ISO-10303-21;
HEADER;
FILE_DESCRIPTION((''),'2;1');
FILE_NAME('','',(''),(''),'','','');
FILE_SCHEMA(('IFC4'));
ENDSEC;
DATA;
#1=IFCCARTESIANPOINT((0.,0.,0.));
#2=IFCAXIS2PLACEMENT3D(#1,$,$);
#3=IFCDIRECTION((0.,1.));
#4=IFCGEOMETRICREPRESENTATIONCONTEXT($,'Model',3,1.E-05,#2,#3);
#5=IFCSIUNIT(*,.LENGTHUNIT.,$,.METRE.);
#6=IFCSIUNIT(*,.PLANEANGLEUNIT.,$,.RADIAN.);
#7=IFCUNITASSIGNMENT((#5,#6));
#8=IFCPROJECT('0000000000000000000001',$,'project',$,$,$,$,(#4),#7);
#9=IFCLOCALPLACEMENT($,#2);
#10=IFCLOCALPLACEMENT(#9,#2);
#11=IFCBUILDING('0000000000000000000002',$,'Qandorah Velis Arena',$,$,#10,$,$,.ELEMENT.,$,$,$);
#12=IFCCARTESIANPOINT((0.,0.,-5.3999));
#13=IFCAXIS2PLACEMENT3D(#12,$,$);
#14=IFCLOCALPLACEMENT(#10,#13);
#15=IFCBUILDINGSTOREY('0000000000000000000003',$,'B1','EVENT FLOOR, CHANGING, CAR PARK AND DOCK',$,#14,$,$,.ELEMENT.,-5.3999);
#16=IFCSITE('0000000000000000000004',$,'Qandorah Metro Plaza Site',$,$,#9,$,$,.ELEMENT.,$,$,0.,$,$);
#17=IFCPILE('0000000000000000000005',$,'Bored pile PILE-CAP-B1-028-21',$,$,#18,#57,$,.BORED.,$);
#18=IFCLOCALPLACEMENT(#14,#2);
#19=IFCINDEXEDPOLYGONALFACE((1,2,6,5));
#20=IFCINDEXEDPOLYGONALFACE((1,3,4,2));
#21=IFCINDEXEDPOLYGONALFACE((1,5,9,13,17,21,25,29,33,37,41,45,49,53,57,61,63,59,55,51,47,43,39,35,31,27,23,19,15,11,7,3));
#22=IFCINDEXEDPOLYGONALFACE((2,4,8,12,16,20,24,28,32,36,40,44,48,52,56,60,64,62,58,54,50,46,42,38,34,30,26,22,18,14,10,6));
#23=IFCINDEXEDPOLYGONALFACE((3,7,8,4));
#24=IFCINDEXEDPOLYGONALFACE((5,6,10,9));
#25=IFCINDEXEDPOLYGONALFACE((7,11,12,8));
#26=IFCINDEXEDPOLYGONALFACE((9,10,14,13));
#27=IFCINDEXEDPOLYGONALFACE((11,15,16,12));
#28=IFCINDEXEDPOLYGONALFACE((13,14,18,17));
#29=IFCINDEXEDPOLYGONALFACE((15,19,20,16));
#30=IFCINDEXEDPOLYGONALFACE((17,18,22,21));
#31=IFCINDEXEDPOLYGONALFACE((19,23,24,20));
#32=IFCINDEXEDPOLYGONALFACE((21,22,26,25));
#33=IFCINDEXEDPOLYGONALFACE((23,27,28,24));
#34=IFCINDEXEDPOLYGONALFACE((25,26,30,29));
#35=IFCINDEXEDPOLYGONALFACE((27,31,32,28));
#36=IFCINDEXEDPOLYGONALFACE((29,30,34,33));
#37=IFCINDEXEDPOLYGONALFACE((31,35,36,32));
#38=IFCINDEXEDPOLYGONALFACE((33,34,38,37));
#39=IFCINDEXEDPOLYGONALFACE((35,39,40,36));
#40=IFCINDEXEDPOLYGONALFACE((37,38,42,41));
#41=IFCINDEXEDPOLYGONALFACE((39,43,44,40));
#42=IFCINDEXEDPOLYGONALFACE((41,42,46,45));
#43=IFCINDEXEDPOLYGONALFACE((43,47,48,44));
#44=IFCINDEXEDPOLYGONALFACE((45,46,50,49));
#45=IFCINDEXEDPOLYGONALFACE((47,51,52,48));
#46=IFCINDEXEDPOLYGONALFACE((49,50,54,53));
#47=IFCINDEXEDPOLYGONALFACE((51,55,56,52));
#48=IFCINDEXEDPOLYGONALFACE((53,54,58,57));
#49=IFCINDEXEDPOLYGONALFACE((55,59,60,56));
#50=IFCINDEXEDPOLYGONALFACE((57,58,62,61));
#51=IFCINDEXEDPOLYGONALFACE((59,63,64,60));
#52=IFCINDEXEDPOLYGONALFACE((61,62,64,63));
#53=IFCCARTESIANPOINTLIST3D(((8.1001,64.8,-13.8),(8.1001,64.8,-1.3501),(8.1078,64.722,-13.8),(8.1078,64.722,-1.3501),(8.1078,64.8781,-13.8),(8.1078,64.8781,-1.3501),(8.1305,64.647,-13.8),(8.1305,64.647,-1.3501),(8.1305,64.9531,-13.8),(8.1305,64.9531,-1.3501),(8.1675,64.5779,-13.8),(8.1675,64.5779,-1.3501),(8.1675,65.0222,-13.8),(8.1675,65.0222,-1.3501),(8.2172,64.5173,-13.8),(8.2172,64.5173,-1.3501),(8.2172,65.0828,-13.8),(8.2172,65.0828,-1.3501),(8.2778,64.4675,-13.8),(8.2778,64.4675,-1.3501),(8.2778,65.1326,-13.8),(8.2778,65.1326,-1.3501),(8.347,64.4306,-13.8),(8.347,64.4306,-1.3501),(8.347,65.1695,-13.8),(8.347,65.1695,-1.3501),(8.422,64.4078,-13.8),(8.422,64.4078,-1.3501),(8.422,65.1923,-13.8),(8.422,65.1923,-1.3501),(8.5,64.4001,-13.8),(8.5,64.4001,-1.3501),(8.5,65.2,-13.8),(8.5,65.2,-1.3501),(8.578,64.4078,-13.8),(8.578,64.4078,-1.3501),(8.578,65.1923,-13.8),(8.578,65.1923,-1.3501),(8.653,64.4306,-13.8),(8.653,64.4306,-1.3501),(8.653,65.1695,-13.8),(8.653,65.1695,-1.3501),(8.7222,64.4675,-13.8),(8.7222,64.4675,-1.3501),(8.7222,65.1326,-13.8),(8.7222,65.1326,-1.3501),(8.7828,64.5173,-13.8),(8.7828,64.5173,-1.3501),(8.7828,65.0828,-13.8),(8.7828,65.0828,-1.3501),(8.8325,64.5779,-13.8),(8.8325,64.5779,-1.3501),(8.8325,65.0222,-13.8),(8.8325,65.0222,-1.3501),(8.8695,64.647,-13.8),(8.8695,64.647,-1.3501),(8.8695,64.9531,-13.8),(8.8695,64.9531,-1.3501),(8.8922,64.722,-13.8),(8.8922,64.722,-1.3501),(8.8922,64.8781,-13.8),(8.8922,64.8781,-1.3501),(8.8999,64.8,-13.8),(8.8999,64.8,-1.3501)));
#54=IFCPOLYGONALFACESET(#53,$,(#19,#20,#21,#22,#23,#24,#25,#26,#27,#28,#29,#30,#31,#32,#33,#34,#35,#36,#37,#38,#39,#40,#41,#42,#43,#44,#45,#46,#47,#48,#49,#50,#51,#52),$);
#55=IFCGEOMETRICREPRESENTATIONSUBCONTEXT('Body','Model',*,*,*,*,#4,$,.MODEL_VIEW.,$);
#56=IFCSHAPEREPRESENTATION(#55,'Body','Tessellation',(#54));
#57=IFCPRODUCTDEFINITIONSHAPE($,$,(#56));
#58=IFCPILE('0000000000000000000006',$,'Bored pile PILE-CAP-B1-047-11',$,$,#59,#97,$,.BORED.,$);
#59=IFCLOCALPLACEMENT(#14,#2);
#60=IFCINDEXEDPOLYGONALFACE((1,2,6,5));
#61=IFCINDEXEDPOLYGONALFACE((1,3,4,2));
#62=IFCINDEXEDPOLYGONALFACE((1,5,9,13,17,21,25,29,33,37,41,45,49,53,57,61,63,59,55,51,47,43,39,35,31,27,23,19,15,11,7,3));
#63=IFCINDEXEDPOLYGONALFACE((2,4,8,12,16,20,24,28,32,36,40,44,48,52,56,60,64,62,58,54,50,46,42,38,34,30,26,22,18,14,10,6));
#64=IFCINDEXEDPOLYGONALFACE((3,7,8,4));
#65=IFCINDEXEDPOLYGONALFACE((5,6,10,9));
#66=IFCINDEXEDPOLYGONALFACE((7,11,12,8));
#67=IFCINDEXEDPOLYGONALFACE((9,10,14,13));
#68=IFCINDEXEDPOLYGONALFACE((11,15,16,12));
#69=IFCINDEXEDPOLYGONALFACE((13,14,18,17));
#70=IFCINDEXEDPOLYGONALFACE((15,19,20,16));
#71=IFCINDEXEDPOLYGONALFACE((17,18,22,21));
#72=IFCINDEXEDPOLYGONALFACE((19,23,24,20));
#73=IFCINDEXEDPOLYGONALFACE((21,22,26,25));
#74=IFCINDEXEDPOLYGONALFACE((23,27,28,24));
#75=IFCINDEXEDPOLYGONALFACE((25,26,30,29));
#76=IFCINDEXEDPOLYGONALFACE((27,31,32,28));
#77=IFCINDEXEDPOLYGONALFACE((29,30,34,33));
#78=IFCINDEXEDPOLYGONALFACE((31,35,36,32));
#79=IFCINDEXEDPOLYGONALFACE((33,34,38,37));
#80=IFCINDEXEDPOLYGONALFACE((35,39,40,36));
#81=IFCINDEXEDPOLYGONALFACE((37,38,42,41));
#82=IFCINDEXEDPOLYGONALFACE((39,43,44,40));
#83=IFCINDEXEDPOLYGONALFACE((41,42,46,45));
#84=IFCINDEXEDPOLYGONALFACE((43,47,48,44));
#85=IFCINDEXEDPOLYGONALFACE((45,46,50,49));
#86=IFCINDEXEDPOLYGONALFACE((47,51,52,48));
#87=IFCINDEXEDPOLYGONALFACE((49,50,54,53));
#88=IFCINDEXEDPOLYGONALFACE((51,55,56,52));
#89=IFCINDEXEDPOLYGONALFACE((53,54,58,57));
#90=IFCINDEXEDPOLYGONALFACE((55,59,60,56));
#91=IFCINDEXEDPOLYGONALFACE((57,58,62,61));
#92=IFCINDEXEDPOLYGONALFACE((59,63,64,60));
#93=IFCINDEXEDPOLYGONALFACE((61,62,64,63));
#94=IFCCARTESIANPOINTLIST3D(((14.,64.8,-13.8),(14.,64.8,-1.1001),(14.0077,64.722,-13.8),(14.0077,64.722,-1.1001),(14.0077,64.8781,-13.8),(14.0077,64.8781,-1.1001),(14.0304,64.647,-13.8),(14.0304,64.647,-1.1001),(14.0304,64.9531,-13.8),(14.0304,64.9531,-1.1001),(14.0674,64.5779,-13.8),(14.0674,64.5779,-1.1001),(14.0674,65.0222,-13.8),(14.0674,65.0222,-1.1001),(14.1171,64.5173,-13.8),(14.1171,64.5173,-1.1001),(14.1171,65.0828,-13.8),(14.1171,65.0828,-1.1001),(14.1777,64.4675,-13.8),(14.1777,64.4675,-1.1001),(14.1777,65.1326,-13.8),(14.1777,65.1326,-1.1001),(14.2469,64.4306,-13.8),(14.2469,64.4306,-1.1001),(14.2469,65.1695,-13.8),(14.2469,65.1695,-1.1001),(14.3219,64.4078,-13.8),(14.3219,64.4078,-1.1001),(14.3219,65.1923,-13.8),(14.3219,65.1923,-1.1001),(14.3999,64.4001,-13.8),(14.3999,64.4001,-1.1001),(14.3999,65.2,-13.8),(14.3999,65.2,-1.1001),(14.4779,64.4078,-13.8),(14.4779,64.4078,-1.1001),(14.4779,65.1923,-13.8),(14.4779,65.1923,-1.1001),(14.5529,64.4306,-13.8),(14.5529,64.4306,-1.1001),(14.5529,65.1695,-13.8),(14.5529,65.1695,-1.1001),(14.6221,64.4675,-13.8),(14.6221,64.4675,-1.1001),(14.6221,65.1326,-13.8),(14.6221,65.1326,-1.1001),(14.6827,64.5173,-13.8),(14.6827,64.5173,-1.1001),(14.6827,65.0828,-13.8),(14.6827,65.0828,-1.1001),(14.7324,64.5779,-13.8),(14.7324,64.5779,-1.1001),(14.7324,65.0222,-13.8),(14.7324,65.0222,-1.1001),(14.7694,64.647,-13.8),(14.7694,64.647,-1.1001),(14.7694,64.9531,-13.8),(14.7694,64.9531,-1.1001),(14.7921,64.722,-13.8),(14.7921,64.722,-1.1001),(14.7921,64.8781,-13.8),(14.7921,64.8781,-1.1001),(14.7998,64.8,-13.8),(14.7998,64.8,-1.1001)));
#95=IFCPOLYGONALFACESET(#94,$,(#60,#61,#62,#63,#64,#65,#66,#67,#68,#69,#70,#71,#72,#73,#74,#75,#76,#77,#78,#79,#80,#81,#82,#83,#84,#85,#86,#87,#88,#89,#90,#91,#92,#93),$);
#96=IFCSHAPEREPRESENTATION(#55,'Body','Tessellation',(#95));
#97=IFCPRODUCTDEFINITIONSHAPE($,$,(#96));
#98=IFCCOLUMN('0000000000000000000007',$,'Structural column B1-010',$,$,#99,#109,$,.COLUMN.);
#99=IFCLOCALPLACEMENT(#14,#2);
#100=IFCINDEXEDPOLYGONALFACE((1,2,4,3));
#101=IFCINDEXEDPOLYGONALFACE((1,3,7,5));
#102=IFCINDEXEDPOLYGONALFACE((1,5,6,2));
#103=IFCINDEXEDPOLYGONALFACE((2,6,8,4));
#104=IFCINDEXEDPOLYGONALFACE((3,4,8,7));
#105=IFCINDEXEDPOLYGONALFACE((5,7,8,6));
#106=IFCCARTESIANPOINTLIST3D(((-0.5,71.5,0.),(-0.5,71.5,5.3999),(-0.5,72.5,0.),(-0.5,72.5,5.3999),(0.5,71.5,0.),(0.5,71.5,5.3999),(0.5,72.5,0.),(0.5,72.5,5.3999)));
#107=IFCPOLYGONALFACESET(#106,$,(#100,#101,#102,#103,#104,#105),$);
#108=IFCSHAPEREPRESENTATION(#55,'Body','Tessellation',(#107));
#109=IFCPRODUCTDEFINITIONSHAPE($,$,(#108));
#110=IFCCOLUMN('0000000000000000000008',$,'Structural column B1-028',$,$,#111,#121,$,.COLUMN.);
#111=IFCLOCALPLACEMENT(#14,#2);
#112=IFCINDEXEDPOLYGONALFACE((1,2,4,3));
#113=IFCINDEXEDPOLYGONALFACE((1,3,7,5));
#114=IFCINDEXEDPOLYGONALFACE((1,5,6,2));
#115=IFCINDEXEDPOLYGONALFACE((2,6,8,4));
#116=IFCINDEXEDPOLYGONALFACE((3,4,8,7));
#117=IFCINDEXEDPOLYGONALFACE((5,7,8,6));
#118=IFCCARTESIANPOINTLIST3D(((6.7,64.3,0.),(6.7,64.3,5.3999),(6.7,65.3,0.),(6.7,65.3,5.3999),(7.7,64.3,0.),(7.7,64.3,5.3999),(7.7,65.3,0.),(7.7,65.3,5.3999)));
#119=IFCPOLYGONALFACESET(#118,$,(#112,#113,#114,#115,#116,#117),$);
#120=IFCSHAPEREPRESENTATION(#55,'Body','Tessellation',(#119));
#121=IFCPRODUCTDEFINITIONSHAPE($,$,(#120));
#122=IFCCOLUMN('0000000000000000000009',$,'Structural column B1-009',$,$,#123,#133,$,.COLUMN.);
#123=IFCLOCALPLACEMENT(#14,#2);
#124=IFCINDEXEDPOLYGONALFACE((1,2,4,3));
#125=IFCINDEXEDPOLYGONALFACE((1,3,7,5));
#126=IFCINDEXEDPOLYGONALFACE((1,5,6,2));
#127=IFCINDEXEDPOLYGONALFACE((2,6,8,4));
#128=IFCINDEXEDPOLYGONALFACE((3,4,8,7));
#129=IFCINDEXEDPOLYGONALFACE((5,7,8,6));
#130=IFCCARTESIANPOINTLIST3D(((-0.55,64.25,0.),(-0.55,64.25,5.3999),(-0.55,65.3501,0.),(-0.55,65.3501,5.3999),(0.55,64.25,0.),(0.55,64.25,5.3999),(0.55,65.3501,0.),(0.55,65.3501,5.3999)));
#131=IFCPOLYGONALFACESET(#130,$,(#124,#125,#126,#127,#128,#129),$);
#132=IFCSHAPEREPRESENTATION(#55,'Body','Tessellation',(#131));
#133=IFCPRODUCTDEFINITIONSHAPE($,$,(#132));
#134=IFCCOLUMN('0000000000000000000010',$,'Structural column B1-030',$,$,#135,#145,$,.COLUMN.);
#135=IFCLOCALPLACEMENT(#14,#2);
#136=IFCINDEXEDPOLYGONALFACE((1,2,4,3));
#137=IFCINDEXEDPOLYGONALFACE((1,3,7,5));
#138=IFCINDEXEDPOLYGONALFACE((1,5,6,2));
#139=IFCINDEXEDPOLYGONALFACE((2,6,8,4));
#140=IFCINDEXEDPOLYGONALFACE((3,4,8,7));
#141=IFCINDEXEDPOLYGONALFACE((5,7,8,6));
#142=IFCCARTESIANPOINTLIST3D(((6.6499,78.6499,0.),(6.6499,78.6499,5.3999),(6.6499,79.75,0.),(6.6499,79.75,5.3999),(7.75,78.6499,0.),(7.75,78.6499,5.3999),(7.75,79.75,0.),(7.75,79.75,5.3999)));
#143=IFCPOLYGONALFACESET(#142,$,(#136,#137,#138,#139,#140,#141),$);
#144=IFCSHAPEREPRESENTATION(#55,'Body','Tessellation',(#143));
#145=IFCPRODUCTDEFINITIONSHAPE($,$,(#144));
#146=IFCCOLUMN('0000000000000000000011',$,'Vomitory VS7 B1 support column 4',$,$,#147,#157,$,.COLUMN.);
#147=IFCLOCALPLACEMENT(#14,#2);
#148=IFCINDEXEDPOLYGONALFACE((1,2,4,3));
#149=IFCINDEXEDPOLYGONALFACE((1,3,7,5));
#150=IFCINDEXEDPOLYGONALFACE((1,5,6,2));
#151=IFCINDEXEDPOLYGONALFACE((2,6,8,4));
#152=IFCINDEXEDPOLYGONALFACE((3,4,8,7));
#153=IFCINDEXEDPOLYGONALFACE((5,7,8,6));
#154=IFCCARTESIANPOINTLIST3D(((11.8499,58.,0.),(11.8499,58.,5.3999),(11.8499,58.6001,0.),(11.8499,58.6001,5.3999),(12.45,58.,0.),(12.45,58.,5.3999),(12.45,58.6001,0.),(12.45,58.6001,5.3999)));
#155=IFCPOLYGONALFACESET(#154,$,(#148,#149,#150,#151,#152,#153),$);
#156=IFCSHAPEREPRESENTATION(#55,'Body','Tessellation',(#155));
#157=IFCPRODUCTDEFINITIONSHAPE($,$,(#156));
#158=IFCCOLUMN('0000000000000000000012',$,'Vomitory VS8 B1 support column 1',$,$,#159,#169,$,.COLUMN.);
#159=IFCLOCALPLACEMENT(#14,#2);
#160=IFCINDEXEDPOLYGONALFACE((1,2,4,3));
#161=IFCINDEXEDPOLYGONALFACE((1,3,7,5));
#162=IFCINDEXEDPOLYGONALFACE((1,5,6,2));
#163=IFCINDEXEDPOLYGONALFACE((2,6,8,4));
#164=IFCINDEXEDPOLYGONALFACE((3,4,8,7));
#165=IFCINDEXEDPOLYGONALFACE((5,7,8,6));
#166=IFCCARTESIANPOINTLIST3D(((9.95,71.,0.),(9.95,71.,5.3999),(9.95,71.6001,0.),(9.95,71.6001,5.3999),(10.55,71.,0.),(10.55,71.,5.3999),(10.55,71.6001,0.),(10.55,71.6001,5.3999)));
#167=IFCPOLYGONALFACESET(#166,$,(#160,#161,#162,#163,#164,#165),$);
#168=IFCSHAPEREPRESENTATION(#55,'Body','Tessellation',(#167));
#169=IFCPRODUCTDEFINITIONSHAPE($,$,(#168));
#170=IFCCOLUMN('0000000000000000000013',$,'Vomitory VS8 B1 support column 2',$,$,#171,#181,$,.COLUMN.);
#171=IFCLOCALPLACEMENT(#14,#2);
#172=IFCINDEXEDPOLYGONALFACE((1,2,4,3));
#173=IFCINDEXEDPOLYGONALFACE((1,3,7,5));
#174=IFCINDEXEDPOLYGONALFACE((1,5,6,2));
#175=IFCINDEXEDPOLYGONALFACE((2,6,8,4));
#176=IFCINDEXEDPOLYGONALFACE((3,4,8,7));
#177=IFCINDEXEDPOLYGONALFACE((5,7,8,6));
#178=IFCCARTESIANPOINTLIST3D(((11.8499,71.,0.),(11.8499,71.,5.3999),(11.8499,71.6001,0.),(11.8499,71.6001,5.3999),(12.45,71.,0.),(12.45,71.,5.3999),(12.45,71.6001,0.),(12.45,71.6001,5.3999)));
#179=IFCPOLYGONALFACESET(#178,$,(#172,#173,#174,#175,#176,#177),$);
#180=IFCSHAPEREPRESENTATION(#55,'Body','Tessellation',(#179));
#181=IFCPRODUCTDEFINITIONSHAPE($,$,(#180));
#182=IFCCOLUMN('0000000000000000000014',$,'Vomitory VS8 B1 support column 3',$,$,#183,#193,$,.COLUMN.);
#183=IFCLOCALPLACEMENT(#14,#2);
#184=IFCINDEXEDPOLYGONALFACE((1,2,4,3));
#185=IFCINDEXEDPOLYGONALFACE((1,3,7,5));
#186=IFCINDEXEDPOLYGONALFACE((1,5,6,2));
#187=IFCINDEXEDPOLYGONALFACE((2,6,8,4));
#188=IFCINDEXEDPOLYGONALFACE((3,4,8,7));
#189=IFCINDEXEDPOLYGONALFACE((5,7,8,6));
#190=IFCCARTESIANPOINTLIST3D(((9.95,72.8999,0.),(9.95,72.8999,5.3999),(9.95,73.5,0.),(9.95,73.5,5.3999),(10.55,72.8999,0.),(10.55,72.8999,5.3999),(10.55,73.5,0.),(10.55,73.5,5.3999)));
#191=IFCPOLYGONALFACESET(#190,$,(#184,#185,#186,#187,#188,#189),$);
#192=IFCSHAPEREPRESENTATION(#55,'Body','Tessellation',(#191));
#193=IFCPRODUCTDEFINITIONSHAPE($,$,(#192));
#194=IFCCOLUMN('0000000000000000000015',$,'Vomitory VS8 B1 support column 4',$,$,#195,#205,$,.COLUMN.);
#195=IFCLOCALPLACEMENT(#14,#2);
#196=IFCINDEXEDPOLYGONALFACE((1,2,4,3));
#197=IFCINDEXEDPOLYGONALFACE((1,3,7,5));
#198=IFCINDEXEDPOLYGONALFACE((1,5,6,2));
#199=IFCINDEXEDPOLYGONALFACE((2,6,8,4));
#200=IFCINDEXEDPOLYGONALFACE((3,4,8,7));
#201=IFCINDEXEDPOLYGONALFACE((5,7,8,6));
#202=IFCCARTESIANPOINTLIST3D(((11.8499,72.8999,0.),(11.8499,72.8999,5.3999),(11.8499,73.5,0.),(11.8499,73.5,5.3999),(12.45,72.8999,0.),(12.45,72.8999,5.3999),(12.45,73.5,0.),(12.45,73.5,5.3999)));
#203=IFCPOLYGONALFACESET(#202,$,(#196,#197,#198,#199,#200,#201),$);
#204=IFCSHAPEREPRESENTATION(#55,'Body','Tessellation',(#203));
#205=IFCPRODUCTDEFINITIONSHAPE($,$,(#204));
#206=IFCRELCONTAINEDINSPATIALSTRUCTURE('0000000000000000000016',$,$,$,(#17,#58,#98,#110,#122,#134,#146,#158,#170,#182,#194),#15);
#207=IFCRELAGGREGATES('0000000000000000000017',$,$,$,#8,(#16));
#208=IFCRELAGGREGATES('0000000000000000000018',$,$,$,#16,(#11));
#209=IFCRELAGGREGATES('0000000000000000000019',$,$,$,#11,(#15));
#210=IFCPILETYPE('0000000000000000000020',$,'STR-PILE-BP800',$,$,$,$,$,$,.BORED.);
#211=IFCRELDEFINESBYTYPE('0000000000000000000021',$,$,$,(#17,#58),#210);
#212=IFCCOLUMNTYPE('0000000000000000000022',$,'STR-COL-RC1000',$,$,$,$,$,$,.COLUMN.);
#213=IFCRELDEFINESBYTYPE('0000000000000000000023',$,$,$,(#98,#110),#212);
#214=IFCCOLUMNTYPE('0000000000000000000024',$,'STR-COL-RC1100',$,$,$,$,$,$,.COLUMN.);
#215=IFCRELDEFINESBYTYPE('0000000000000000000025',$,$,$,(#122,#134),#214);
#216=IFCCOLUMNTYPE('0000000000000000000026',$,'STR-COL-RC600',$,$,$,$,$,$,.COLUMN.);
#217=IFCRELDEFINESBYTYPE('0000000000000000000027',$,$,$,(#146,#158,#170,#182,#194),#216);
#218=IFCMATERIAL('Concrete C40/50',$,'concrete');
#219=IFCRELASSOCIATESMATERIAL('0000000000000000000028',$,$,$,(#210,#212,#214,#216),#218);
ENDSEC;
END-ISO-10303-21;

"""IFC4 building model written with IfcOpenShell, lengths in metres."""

from ifc_helpers import new_model, si_unit, direction, frame, origin, origin_2d, place, context, subcontext, project, spatial, rectangle, circle, extrude, material, material_profile, profile_set, type_object, element, save


model = new_model("IFC4")

# Units and contexts
model_context = context("Model", 3, precision=1e-05, world=origin(), true_north=direction((0.0, 1.0)))
body_context = subcontext(model_context, "Body", "Model", "MODEL_VIEW")
ifc_project = project(units=[si_unit("LENGTHUNIT", "METRE"), si_unit("PLANEANGLEUNIT", "RADIAN")], contexts=[model_context])

# Site, building, storey
site_placement = place(None, origin())
site = spatial("IfcSite", under=ifc_project, at=site_placement, Name="Qandorah Metro Plaza Site", CompositionType="ELEMENT", RefElevation=0.0)
building_placement = place(site_placement, origin())
building = spatial("IfcBuilding", under=site, at=building_placement, Name="Qandorah Velis Arena", CompositionType="ELEMENT")
storey_placement = place(building_placement, frame((0.0, 0.0, -5.3999)))
storey = spatial("IfcBuildingStorey", under=building, at=storey_placement, Name="B1", Description="EVENT FLOOR, CHANGING, CAR PARK AND DOCK", CompositionType="ELEMENT", Elevation=-5.3999)

# Shared definitions
ifc_material = material(Name="Concrete C40/50", Category="concrete")

# Piles
ifc_material_profile_1 = material_profile(ifc_material, circle(Radius=0.3999, at=origin_2d()), Name="BORED PILE D800")
ifc_profile_set_1 = profile_set([ifc_material_profile_1], Name="Concrete C40/50")
pile_type_1 = type_object("IfcPileType", Name="STR-PILE-BP800", PredefinedType="BORED", material=ifc_profile_set_1)
for number, where, z_axis, x_axis, name in (
    (1, (8.5, 64.8, -1.3501), (0.0, 0.0, -1.0), (1.0, 0.0, 0.0), "Bored pile PILE-CAP-B1-028-21"),
):
    element("IfcPile", number, at=place(storey_placement, frame(where, z_axis=z_axis, x_axis=x_axis)), inside=storey, type_object=pile_type_1, Name=name, PredefinedType="BORED", context=body_context, shape_type="SweptSolid", body=[
        extrude(circle(Radius=0.3999, at=origin_2d()), origin(), (0.0, 0.0, 1.0), 12.45),
    ])
pile_1_placement = place(storey_placement, frame((14.3999, 64.8, -1.1001), z_axis=(0.0, 0.0, -1.0), x_axis=(1.0, 0.0, 0.0)))
element("IfcPile", 2, at=pile_1_placement, inside=storey, type_object=pile_type_1, Name="Bored pile PILE-CAP-B1-047-11", PredefinedType="BORED", context=body_context, shape_type="SweptSolid", body=[
    extrude(circle(Radius=0.3999, at=origin_2d()), origin(), (0.0, 0.0, 1.0), 12.7),
])

# Columns
ifc_material_profile_2 = material_profile(ifc_material, rectangle(XDim=1.0, YDim=1.0, at=origin_2d()), Name="RC COL 1000x1000")
ifc_profile_set_2 = profile_set([ifc_material_profile_2], Name="Concrete C40/50")
column_type_1 = type_object("IfcColumnType", Name="STR-COL-RC1000", PredefinedType="COLUMN", material=ifc_profile_set_2)
for number, where, z_axis, x_axis, name in (
    (3, (0.0, 72.0, 0.0), (0.0, 0.0, 1.0), (1.0, 0.0, 0.0), "Structural column B1-010"),
    (4, (7.2, 64.8, 0.0), (0.0, 0.0, 1.0), (1.0, 0.0, 0.0), "Structural column B1-028"),
):
    element("IfcColumn", number, at=place(storey_placement, frame(where, z_axis=z_axis, x_axis=x_axis)), inside=storey, type_object=column_type_1, Name=name, PredefinedType="COLUMN", context=body_context, shape_type="SweptSolid", body=[
        extrude(rectangle(XDim=1.0, YDim=1.0, at=origin_2d()), origin(), (0.0, 0.0, 1.0), 5.3999),
    ])
ifc_material_profile_3 = material_profile(ifc_material, rectangle(XDim=1.1001, YDim=1.1001, at=origin_2d()), Name="RC COL 1100x1100")
ifc_profile_set_3 = profile_set([ifc_material_profile_3], Name="Concrete C40/50")
column_type_2 = type_object("IfcColumnType", Name="STR-COL-RC1100", PredefinedType="COLUMN", material=ifc_profile_set_3)
for number, where, z_axis, x_axis, name in (
    (5, (0.0, 64.8, 0.0), (0.0, 0.0, 1.0), (1.0, 0.0, 0.0), "Structural column B1-009"),
    (6, (7.2, 79.2, 0.0), (0.0, 0.0, 1.0), (1.0, 0.0, 0.0), "Structural column B1-030"),
):
    element("IfcColumn", number, at=place(storey_placement, frame(where, z_axis=z_axis, x_axis=x_axis)), inside=storey, type_object=column_type_2, Name=name, PredefinedType="COLUMN", context=body_context, shape_type="SweptSolid", body=[
        extrude(rectangle(XDim=1.1001, YDim=1.1001, at=origin_2d()), origin(), (0.0, 0.0, 1.0), 5.3999),
    ])
ifc_material_profile_4 = material_profile(ifc_material, rectangle(XDim=0.6001, YDim=0.6001, at=origin_2d()), Name="RC COL 600x600")
ifc_profile_set_4 = profile_set([ifc_material_profile_4], Name="Concrete C40/50")
column_type_3 = type_object("IfcColumnType", Name="STR-COL-RC600", PredefinedType="COLUMN", material=ifc_profile_set_4)
for number, where, z_axis, x_axis, name in (
    (7, (12.1499, 58.3, 0.0), (0.0, 0.0, 1.0), (1.0, 0.0, 0.0), "Vomitory VS7 B1 support column 4"),
    (8, (10.25, 71.3, 0.0), (0.0, 0.0, 1.0), (1.0, 0.0, 0.0), "Vomitory VS8 B1 support column 1"),
    (9, (12.1499, 71.3, 0.0), (0.0, 0.0, 1.0), (1.0, 0.0, 0.0), "Vomitory VS8 B1 support column 2"),
    (10, (10.25, 73.2, 0.0), (0.0, 0.0, 1.0), (1.0, 0.0, 0.0), "Vomitory VS8 B1 support column 3"),
    (11, (12.1499, 73.2, 0.0), (0.0, 0.0, 1.0), (1.0, 0.0, 0.0), "Vomitory VS8 B1 support column 4"),
):
    element("IfcColumn", number, at=place(storey_placement, frame(where, z_axis=z_axis, x_axis=x_axis)), inside=storey, type_object=column_type_3, Name=name, PredefinedType="COLUMN", context=body_context, shape_type="SweptSolid", body=[
        extrude(rectangle(XDim=0.6001, YDim=0.6001, at=origin_2d()), origin(), (0.0, 0.0, 1.0), 5.3999),
    ])

save(model, "model.ifc")
